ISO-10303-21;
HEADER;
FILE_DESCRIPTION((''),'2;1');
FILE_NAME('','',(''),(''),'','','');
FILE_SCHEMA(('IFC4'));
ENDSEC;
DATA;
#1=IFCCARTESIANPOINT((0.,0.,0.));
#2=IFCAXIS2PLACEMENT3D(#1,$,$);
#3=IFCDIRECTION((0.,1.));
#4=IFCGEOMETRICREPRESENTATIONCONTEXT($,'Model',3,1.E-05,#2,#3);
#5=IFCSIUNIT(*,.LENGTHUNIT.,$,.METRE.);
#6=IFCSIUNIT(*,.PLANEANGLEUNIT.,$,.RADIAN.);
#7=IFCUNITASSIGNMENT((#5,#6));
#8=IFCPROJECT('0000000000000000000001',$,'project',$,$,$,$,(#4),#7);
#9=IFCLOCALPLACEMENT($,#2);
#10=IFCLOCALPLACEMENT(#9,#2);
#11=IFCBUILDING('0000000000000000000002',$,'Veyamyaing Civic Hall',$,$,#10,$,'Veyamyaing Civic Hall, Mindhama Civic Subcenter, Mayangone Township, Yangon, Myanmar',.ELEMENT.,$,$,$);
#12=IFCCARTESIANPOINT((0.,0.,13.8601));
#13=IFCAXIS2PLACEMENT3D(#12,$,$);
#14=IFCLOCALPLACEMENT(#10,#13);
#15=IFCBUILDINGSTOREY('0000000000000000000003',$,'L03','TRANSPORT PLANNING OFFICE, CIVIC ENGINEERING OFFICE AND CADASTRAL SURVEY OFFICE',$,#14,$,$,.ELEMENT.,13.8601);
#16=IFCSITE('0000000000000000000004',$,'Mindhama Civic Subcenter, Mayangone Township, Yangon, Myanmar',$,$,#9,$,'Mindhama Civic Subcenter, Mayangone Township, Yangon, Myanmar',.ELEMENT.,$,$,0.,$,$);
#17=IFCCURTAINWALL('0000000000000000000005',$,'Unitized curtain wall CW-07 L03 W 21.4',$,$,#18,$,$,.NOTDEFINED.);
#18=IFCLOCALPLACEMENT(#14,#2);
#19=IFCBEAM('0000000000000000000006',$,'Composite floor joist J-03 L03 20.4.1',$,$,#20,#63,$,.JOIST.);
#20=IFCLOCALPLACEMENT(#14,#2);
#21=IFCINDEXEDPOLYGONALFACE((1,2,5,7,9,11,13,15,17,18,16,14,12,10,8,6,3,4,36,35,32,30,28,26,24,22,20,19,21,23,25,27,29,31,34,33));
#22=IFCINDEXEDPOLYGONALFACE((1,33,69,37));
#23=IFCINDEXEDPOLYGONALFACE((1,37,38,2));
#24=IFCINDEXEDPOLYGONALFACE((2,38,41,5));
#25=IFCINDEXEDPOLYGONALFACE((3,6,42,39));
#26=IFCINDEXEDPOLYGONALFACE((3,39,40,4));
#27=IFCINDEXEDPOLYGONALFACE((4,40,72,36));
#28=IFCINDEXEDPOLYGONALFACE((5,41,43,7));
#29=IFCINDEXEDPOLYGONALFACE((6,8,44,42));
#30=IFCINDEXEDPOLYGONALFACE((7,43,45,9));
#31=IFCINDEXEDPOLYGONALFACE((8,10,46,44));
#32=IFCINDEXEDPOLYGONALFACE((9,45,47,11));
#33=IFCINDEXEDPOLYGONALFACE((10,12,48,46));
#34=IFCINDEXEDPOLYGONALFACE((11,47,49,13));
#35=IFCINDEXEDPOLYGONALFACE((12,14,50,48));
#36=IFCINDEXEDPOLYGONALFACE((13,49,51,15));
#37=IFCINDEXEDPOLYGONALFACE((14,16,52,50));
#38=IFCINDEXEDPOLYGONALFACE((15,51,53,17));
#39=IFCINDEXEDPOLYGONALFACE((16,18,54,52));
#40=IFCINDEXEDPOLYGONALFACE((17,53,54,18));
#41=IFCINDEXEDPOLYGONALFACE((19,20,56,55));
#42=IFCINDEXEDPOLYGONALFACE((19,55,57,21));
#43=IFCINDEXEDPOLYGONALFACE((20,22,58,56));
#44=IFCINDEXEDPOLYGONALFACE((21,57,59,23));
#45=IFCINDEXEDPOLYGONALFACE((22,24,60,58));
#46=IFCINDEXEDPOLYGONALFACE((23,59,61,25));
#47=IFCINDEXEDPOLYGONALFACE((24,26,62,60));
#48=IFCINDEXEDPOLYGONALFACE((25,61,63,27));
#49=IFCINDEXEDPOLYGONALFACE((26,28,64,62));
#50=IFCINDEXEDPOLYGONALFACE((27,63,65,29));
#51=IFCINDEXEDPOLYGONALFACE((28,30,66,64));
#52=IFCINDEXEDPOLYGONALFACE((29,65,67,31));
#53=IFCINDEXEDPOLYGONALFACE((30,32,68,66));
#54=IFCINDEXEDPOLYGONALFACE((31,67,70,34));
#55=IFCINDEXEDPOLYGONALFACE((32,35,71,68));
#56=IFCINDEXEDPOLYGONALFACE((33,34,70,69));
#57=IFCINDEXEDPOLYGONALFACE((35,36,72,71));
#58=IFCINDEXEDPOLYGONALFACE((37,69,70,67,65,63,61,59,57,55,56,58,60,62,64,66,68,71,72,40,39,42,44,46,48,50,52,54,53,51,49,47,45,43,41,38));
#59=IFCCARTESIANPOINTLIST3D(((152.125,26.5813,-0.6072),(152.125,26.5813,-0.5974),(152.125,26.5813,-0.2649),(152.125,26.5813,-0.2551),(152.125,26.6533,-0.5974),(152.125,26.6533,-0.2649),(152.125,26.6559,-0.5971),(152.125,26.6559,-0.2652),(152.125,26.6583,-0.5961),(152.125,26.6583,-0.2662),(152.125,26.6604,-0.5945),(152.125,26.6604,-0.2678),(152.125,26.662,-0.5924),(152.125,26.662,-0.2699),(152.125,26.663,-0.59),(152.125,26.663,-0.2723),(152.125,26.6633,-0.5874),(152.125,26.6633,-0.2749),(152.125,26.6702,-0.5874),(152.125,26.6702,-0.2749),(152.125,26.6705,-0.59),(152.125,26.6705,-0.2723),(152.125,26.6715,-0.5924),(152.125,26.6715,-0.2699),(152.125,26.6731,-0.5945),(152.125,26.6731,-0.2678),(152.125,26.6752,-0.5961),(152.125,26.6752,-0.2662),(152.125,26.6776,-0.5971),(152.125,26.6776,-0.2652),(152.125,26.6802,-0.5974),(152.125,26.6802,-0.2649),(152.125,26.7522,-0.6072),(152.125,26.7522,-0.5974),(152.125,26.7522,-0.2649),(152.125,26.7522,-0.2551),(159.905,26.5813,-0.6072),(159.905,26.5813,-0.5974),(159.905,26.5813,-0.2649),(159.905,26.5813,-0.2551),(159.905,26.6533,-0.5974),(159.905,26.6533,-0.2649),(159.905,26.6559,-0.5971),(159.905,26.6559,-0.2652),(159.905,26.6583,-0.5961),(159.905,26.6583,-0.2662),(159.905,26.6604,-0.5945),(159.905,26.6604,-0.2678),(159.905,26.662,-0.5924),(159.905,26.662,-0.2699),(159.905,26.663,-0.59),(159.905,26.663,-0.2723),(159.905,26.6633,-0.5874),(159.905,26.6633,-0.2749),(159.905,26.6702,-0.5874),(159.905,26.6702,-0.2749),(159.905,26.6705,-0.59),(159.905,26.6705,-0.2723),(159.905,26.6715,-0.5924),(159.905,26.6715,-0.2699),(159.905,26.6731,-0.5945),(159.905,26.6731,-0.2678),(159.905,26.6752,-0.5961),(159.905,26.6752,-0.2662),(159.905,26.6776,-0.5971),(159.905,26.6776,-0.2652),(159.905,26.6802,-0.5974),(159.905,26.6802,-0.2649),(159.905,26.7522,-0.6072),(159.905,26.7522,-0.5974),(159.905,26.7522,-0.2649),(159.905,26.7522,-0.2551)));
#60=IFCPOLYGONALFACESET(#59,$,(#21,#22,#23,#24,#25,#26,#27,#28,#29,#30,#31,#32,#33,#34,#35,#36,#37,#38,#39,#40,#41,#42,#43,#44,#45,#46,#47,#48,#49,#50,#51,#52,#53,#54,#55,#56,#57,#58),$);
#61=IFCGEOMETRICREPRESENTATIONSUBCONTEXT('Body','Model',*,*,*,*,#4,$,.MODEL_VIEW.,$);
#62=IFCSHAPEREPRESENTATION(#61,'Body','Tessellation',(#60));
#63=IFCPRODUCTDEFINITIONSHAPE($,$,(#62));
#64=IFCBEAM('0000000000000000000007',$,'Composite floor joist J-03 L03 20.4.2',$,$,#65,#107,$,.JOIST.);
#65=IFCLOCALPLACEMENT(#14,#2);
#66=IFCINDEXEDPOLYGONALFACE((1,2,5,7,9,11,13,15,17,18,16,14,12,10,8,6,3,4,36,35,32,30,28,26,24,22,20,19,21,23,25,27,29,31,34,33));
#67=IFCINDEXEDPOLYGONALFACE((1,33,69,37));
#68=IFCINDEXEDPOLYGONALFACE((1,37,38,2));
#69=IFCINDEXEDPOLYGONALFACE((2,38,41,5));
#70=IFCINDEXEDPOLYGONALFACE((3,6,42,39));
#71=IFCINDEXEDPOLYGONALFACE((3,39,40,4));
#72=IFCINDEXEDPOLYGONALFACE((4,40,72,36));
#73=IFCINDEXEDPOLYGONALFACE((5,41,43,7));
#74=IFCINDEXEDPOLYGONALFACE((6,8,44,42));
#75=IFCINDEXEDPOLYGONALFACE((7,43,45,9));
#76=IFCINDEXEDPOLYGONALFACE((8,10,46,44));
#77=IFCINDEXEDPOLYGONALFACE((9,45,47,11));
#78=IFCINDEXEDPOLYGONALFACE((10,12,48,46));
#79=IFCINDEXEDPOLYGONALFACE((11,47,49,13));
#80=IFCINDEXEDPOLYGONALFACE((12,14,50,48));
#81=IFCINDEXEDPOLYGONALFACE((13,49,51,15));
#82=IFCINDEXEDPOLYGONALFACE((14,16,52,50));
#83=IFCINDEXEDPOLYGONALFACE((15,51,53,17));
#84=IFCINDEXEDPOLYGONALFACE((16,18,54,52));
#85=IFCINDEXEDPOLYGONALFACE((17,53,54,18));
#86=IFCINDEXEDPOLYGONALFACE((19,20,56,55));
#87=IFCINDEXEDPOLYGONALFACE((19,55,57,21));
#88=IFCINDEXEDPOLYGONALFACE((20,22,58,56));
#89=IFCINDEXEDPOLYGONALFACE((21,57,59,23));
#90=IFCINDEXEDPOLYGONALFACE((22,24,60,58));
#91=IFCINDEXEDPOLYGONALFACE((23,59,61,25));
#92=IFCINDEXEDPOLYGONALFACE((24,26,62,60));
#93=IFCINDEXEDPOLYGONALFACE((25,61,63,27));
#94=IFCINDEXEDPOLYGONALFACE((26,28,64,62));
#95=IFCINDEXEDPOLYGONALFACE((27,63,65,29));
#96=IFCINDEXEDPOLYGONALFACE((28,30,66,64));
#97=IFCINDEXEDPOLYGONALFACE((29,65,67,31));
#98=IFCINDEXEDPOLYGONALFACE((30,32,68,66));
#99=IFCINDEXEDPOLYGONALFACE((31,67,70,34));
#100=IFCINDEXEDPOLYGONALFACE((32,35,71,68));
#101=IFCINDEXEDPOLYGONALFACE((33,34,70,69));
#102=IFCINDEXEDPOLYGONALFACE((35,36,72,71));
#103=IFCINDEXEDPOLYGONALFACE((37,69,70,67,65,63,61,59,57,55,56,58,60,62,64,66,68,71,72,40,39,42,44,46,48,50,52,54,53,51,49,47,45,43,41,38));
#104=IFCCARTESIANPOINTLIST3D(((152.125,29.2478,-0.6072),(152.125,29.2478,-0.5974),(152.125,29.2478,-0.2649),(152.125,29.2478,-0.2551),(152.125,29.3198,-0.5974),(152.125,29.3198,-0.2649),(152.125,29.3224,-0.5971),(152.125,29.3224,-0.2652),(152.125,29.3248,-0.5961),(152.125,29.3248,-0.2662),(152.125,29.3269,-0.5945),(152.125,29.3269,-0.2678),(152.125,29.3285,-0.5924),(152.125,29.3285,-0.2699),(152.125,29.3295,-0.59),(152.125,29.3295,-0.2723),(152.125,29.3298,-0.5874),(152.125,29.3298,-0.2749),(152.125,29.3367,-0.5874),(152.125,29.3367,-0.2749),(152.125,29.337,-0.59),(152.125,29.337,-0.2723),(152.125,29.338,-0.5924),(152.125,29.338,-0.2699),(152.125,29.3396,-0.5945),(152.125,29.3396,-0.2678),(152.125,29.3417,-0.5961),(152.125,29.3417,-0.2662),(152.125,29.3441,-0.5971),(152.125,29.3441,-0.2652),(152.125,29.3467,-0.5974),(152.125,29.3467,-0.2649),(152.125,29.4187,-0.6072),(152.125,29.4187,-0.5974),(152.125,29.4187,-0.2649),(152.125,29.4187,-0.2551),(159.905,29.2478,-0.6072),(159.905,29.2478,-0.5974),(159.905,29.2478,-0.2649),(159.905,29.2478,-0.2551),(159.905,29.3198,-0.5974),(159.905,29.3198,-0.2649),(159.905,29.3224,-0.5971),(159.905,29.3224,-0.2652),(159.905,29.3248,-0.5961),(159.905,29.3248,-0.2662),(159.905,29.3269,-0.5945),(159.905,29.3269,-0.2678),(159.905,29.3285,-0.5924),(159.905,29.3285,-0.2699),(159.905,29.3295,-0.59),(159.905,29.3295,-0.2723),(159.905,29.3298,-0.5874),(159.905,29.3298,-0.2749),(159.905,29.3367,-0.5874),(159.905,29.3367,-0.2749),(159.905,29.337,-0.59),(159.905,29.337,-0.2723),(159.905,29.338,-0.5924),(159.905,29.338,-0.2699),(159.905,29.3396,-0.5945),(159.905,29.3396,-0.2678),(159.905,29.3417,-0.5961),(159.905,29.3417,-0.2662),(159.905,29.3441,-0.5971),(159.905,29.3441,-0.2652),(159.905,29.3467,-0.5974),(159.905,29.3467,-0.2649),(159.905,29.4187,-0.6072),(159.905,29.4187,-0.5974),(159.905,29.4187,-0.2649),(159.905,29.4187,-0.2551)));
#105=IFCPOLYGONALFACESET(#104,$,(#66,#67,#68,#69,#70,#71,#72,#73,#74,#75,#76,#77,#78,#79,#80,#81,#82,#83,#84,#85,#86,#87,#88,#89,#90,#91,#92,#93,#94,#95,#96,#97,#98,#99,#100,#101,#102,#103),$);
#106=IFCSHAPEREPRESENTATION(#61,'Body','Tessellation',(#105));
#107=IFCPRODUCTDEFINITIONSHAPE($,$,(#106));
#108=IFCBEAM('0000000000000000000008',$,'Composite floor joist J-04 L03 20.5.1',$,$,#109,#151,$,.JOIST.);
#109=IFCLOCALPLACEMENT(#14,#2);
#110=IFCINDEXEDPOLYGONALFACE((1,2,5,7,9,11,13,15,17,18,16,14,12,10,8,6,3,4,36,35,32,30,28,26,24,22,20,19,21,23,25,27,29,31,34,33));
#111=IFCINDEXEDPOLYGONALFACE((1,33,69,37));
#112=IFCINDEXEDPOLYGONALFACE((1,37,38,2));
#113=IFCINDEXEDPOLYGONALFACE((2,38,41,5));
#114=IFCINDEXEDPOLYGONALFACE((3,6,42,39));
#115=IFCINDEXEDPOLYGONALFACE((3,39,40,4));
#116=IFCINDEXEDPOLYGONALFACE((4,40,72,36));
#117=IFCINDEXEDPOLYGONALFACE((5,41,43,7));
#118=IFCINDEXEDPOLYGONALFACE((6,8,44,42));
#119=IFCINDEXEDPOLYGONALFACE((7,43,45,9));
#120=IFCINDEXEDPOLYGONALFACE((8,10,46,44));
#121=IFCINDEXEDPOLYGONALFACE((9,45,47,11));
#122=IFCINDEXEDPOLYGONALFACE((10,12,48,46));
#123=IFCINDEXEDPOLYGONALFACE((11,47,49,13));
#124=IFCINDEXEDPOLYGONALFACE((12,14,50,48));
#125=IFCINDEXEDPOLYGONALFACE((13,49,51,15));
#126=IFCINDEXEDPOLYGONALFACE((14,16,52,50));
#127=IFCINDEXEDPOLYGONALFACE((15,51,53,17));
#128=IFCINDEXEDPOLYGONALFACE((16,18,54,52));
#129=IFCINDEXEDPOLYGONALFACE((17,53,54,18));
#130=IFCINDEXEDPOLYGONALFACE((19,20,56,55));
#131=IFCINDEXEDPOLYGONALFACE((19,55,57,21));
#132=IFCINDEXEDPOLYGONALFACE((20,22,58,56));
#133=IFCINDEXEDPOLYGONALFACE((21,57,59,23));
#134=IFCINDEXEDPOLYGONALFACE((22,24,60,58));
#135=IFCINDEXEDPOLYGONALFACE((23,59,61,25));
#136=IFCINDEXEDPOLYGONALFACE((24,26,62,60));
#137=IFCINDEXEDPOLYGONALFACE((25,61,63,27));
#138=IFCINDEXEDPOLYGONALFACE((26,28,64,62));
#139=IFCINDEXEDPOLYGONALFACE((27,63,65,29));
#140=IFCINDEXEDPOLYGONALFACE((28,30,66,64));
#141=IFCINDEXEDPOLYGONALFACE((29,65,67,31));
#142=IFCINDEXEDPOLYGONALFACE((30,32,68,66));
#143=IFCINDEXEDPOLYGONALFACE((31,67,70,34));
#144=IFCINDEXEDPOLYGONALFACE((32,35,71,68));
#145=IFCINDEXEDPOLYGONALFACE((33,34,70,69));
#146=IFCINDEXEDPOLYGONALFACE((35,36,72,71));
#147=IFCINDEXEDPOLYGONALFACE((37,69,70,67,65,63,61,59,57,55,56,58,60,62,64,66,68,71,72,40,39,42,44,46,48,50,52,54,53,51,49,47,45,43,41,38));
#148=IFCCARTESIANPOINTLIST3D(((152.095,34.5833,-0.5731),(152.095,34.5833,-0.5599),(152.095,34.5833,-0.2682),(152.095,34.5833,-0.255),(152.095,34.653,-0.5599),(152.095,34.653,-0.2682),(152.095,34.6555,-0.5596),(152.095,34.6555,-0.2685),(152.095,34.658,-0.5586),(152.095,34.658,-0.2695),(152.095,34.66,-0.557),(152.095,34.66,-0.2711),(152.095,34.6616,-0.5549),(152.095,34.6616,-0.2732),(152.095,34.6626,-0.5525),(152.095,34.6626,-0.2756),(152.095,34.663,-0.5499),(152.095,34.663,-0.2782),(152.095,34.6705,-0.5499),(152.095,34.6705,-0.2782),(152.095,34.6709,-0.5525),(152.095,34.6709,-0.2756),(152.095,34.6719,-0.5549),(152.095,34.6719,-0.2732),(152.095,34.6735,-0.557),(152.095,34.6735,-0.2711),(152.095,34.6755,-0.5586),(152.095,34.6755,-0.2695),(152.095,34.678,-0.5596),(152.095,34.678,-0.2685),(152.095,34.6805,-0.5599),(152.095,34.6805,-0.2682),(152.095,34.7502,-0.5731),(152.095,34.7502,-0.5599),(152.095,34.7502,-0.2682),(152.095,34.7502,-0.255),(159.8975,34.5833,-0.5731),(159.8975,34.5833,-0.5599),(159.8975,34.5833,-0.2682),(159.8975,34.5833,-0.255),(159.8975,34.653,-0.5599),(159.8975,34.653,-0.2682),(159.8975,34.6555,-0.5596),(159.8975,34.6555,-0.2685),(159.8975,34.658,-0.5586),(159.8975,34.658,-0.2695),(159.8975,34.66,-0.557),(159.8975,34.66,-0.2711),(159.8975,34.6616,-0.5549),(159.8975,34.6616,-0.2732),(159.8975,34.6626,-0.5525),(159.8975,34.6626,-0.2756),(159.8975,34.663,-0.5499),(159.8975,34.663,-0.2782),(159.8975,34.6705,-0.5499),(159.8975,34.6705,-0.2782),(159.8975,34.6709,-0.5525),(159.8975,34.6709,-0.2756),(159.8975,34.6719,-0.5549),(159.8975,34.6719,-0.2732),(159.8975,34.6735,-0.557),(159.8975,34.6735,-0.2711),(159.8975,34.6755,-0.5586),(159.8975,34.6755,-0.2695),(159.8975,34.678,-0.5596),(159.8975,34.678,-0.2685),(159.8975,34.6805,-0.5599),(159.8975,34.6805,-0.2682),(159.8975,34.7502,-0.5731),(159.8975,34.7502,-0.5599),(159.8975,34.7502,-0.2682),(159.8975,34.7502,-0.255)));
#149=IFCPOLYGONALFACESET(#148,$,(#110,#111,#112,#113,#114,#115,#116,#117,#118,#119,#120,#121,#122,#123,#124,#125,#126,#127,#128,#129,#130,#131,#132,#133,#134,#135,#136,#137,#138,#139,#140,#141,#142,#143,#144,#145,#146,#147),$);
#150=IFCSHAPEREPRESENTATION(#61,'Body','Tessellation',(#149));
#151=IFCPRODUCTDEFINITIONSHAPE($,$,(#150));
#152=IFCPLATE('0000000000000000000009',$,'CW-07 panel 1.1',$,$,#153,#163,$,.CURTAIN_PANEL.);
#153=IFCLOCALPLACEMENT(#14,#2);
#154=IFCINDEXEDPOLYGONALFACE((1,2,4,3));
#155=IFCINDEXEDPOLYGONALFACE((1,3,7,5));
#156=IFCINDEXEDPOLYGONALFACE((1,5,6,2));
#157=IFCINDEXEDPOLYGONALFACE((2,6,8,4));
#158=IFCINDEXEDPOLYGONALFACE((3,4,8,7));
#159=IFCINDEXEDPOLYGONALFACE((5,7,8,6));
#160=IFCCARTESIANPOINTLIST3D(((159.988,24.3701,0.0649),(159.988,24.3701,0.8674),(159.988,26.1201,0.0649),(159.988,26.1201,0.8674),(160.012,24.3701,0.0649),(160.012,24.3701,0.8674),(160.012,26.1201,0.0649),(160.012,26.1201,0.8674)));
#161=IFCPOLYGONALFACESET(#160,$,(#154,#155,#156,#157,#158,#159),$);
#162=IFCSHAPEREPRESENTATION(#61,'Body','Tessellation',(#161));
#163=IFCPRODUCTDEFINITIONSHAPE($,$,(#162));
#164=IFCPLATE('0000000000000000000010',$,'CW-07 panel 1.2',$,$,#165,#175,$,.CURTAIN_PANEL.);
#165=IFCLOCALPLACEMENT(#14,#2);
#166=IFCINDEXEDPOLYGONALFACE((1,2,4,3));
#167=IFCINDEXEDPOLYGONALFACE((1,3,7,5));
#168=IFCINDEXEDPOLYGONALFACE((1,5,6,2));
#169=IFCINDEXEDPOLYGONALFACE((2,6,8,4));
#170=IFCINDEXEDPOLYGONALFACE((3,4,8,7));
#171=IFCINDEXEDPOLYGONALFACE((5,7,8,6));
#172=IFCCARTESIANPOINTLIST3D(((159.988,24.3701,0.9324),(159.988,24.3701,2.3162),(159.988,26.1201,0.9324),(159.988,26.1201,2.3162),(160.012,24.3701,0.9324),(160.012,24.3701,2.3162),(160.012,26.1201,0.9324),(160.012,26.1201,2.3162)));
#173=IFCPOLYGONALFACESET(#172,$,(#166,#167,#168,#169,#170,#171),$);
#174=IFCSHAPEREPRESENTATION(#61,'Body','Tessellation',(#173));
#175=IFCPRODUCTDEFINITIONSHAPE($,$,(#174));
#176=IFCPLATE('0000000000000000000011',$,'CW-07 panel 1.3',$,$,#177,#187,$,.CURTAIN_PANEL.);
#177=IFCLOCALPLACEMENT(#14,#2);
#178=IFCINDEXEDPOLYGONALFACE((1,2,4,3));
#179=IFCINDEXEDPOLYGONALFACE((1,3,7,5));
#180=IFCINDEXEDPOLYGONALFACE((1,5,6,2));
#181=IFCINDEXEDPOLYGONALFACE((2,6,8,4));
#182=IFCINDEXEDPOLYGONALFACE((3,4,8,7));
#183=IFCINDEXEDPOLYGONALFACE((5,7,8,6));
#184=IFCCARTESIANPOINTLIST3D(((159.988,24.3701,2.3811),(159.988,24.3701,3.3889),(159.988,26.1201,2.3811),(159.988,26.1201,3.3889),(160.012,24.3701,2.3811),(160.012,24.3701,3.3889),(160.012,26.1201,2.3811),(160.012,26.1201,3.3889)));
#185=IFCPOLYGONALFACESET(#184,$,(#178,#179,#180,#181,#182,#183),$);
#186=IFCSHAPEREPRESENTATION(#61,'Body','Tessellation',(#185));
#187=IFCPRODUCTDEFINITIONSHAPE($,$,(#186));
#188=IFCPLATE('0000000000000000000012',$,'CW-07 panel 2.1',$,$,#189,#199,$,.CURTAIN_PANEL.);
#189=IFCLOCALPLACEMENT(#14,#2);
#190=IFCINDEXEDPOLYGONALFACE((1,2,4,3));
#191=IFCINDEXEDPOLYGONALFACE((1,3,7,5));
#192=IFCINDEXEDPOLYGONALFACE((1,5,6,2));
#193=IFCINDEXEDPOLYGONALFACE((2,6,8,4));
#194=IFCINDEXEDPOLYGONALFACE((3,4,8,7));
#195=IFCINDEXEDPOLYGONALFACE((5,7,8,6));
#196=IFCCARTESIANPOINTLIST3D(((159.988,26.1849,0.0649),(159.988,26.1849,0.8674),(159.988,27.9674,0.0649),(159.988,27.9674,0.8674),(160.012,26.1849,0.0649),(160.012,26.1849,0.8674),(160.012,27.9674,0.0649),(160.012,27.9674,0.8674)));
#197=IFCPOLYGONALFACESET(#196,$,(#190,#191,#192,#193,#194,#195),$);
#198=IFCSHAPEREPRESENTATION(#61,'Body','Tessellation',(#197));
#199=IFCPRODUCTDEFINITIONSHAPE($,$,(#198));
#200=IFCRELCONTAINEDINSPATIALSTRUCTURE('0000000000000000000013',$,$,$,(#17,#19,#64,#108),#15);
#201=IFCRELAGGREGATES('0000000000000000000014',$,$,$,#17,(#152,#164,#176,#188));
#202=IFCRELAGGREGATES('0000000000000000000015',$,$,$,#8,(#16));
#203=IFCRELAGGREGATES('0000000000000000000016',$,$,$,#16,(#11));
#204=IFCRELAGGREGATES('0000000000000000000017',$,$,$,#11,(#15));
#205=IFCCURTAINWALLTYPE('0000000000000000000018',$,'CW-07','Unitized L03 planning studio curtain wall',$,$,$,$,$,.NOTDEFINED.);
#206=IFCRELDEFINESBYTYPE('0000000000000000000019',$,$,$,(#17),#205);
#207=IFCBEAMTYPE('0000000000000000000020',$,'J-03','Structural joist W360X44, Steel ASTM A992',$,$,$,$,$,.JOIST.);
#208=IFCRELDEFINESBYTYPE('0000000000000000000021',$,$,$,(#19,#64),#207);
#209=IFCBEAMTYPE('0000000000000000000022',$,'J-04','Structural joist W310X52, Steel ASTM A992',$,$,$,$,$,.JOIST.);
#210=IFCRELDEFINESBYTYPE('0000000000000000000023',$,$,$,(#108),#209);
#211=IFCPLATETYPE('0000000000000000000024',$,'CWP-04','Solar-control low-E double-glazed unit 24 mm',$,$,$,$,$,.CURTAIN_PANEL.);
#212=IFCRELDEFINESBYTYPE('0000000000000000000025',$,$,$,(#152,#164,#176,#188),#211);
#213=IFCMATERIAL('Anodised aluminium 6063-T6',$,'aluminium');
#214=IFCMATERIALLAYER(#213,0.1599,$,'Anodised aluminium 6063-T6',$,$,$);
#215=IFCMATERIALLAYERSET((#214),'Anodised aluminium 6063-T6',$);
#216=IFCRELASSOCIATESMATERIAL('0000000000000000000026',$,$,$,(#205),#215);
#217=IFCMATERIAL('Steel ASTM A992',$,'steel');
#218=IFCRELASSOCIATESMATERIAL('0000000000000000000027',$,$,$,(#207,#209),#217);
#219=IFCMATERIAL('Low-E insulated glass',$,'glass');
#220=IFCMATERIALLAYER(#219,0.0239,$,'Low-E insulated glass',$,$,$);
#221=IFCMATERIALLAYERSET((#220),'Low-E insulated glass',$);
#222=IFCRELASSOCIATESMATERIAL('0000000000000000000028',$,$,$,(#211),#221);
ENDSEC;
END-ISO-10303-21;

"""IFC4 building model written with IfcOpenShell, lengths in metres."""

from ifc_helpers import new_model, si_unit, direction, frame, origin, origin_2d, place, context, subcontext, project, spatial, rectangle, i_section, extrude, material, layer, layer_set, material_profile, profile_set, type_object, element, aggregate, save


model = new_model("IFC4")

# Units and contexts
model_context = context("Model", 3, precision=1e-05, world=origin(), true_north=direction((0.0, 1.0)))
body_context = subcontext(model_context, "Body", "Model", "MODEL_VIEW")
ifc_project = project(units=[si_unit("LENGTHUNIT", "METRE"), si_unit("PLANEANGLEUNIT", "RADIAN")], contexts=[model_context])

# Site, building, storey
site_placement = place(None, origin())
site = spatial("IfcSite", under=ifc_project, at=site_placement, Name="Mindhama Civic Subcenter, Mayangone Township, Yangon, Myanmar", LongName="Mindhama Civic Subcenter, Mayangone Township, Yangon, Myanmar", CompositionType="ELEMENT", RefElevation=0.0)
building_placement = place(site_placement, origin())
building = spatial("IfcBuilding", under=site, at=building_placement, Name="Veyamyaing Civic Hall", LongName="Veyamyaing Civic Hall, Mindhama Civic Subcenter, Mayangone Township, Yangon, Myanmar", CompositionType="ELEMENT")
storey_placement = place(building_placement, frame((0.0, 0.0, 13.8601)))
storey = spatial("IfcBuildingStorey", under=building, at=storey_placement, Name="L03", Description="TRANSPORT PLANNING OFFICE, CIVIC ENGINEERING OFFICE AND CADASTRAL SURVEY OFFICE", CompositionType="ELEMENT", Elevation=13.8601)

# Shared definitions
ifc_material_1 = material(Name="Steel ASTM A992", Category="steel")

# Curtain wall
ifc_material_2 = material(Name="Anodised aluminium 6063-T6", Category="aluminium")
ifc_layer_1 = layer(ifc_material_2, 0.1599, Name="Anodised aluminium 6063-T6")
ifc_layer_set_1 = layer_set([ifc_layer_1], Name="Anodised aluminium 6063-T6")
curtain_wall_type = type_object("IfcCurtainWallType", Name="CW-07", Description="Unitized L03 planning studio curtain wall", PredefinedType="NOTDEFINED", material=ifc_layer_set_1)
curtain_wall_placement = place(storey_placement, origin())
curtain_wall = element("IfcCurtainWall", 1, at=curtain_wall_placement, inside=storey, type_object=curtain_wall_type, Name="Unitized curtain wall CW-07 L03 W 21.4", PredefinedType="NOTDEFINED")

# Beams
ifc_material_profile_1 = material_profile(ifc_material_1, i_section(OverallWidth=0.1709, OverallDepth=0.3521, WebThickness=0.0068, FlangeThickness=0.0098, FilletRadius=0.01, at=origin_2d()), Name="W360X44")
ifc_profile_set_1 = profile_set([ifc_material_profile_1], Name="Steel ASTM A992")
beam_type_1 = type_object("IfcBeamType", Name="J-03", Description="Structural joist W360X44, Steel ASTM A992", PredefinedType="JOIST", material=ifc_profile_set_1)
for number, where, z_axis, x_axis, name in (
    (2, (152.125, 26.6667, -0.4312), (1.0, 0.0, 0.0), (0.0, 1.0, 0.0), "Composite floor joist J-03 L03 20.4.1"),
    (3, (152.125, 29.3333, -0.4312), (1.0, 0.0, 0.0), (0.0, 1.0, 0.0), "Composite floor joist J-03 L03 20.4.2"),
):
    element("IfcBeam", number, at=place(storey_placement, frame(where, z_axis=z_axis, x_axis=x_axis)), inside=storey, type_object=beam_type_1, Name=name, PredefinedType="JOIST", context=body_context, shape_type="SweptSolid", body=[
        extrude(i_section(OverallWidth=0.1709, OverallDepth=0.3521, WebThickness=0.0068, FlangeThickness=0.0098, FilletRadius=0.01, at=origin_2d()), origin(), (0.0, 0.0, 1.0), 7.78),
    ])
ifc_material_profile_2 = material_profile(ifc_material_1, i_section(OverallWidth=0.167, OverallDepth=0.3181, WebThickness=0.0076, FlangeThickness=0.0132, FilletRadius=0.01, at=origin_2d()), Name="W310X52")
ifc_profile_set_2 = profile_set([ifc_material_profile_2], Name="Steel ASTM A992")
beam_type_2 = type_object("IfcBeamType", Name="J-04", Description="Structural joist W310X52, Steel ASTM A992", PredefinedType="JOIST", material=ifc_profile_set_2)
beam_1_placement = place(storey_placement, frame((152.095, 34.6667, -0.4141), z_axis=(1.0, 0.0, 0.0), x_axis=(0.0, 1.0, 0.0)))
element("IfcBeam", 4, at=beam_1_placement, inside=storey, type_object=beam_type_2, Name="Composite floor joist J-04 L03 20.5.1", PredefinedType="JOIST", context=body_context, shape_type="SweptSolid", body=[
    extrude(i_section(OverallWidth=0.167, OverallDepth=0.3181, WebThickness=0.0076, FlangeThickness=0.0132, FilletRadius=0.01, at=origin_2d()), origin(), (0.0, 0.0, 1.0), 7.8025),
])

# Plates
ifc_material_3 = material(Name="Low-E insulated glass", Category="glass")
ifc_layer_2 = layer(ifc_material_3, 0.0239, Name="Low-E insulated glass")
ifc_layer_set_2 = layer_set([ifc_layer_2], Name="Low-E insulated glass")
plate_type = type_object("IfcPlateType", Name="CWP-04", Description="Solar-control low-E double-glazed unit 24 mm", PredefinedType="CURTAIN_PANEL", material=ifc_layer_set_2)
plate_1_placement = place(storey_placement, frame((160.0, 25.2451, 0.0649), z_axis=(0.0, 0.0, 1.0), x_axis=(0.0, 1.0, 0.0)))
plate_1 = element("IfcPlate", 5, at=plate_1_placement, type_object=plate_type, Name="CW-07 panel 1.1", PredefinedType="CURTAIN_PANEL", context=body_context, shape_type="SweptSolid", body=[
    extrude(rectangle(XDim=1.75, YDim=0.0239, at=origin_2d()), origin(), (0.0, 0.0, 1.0), 0.8025),
])
plate_2_placement = place(storey_placement, frame((160.0, 25.2451, 0.9324), z_axis=(0.0, 0.0, 1.0), x_axis=(0.0, 1.0, 0.0)))
plate_2 = element("IfcPlate", 6, at=plate_2_placement, type_object=plate_type, Name="CW-07 panel 1.2", PredefinedType="CURTAIN_PANEL", context=body_context, shape_type="SweptSolid", body=[
    extrude(rectangle(XDim=1.75, YDim=0.0239, at=origin_2d()), origin(), (0.0, 0.0, 1.0), 1.3838),
])
plate_3_placement = place(storey_placement, frame((160.0, 25.2451, 2.3811), z_axis=(0.0, 0.0, 1.0), x_axis=(0.0, 1.0, 0.0)))
plate_3 = element("IfcPlate", 7, at=plate_3_placement, type_object=plate_type, Name="CW-07 panel 1.3", PredefinedType="CURTAIN_PANEL", context=body_context, shape_type="SweptSolid", body=[
    extrude(rectangle(XDim=1.75, YDim=0.0239, at=origin_2d()), origin(), (0.0, 0.0, 1.0), 1.0078),
])
plate_4_placement = place(storey_placement, frame((160.0, 27.0762, 0.0649), z_axis=(0.0, 0.0, 1.0), x_axis=(0.0, 1.0, 0.0)))
plate_4 = element("IfcPlate", 8, at=plate_4_placement, type_object=plate_type, Name="CW-07 panel 2.1", PredefinedType="CURTAIN_PANEL", context=body_context, shape_type="SweptSolid", body=[
    extrude(rectangle(XDim=1.7825, YDim=0.0239, at=origin_2d()), origin(), (0.0, 0.0, 1.0), 0.8025),
])
aggregate(curtain_wall, [plate_1, plate_2, plate_3, plate_4])

save(model, "model.ifc")
